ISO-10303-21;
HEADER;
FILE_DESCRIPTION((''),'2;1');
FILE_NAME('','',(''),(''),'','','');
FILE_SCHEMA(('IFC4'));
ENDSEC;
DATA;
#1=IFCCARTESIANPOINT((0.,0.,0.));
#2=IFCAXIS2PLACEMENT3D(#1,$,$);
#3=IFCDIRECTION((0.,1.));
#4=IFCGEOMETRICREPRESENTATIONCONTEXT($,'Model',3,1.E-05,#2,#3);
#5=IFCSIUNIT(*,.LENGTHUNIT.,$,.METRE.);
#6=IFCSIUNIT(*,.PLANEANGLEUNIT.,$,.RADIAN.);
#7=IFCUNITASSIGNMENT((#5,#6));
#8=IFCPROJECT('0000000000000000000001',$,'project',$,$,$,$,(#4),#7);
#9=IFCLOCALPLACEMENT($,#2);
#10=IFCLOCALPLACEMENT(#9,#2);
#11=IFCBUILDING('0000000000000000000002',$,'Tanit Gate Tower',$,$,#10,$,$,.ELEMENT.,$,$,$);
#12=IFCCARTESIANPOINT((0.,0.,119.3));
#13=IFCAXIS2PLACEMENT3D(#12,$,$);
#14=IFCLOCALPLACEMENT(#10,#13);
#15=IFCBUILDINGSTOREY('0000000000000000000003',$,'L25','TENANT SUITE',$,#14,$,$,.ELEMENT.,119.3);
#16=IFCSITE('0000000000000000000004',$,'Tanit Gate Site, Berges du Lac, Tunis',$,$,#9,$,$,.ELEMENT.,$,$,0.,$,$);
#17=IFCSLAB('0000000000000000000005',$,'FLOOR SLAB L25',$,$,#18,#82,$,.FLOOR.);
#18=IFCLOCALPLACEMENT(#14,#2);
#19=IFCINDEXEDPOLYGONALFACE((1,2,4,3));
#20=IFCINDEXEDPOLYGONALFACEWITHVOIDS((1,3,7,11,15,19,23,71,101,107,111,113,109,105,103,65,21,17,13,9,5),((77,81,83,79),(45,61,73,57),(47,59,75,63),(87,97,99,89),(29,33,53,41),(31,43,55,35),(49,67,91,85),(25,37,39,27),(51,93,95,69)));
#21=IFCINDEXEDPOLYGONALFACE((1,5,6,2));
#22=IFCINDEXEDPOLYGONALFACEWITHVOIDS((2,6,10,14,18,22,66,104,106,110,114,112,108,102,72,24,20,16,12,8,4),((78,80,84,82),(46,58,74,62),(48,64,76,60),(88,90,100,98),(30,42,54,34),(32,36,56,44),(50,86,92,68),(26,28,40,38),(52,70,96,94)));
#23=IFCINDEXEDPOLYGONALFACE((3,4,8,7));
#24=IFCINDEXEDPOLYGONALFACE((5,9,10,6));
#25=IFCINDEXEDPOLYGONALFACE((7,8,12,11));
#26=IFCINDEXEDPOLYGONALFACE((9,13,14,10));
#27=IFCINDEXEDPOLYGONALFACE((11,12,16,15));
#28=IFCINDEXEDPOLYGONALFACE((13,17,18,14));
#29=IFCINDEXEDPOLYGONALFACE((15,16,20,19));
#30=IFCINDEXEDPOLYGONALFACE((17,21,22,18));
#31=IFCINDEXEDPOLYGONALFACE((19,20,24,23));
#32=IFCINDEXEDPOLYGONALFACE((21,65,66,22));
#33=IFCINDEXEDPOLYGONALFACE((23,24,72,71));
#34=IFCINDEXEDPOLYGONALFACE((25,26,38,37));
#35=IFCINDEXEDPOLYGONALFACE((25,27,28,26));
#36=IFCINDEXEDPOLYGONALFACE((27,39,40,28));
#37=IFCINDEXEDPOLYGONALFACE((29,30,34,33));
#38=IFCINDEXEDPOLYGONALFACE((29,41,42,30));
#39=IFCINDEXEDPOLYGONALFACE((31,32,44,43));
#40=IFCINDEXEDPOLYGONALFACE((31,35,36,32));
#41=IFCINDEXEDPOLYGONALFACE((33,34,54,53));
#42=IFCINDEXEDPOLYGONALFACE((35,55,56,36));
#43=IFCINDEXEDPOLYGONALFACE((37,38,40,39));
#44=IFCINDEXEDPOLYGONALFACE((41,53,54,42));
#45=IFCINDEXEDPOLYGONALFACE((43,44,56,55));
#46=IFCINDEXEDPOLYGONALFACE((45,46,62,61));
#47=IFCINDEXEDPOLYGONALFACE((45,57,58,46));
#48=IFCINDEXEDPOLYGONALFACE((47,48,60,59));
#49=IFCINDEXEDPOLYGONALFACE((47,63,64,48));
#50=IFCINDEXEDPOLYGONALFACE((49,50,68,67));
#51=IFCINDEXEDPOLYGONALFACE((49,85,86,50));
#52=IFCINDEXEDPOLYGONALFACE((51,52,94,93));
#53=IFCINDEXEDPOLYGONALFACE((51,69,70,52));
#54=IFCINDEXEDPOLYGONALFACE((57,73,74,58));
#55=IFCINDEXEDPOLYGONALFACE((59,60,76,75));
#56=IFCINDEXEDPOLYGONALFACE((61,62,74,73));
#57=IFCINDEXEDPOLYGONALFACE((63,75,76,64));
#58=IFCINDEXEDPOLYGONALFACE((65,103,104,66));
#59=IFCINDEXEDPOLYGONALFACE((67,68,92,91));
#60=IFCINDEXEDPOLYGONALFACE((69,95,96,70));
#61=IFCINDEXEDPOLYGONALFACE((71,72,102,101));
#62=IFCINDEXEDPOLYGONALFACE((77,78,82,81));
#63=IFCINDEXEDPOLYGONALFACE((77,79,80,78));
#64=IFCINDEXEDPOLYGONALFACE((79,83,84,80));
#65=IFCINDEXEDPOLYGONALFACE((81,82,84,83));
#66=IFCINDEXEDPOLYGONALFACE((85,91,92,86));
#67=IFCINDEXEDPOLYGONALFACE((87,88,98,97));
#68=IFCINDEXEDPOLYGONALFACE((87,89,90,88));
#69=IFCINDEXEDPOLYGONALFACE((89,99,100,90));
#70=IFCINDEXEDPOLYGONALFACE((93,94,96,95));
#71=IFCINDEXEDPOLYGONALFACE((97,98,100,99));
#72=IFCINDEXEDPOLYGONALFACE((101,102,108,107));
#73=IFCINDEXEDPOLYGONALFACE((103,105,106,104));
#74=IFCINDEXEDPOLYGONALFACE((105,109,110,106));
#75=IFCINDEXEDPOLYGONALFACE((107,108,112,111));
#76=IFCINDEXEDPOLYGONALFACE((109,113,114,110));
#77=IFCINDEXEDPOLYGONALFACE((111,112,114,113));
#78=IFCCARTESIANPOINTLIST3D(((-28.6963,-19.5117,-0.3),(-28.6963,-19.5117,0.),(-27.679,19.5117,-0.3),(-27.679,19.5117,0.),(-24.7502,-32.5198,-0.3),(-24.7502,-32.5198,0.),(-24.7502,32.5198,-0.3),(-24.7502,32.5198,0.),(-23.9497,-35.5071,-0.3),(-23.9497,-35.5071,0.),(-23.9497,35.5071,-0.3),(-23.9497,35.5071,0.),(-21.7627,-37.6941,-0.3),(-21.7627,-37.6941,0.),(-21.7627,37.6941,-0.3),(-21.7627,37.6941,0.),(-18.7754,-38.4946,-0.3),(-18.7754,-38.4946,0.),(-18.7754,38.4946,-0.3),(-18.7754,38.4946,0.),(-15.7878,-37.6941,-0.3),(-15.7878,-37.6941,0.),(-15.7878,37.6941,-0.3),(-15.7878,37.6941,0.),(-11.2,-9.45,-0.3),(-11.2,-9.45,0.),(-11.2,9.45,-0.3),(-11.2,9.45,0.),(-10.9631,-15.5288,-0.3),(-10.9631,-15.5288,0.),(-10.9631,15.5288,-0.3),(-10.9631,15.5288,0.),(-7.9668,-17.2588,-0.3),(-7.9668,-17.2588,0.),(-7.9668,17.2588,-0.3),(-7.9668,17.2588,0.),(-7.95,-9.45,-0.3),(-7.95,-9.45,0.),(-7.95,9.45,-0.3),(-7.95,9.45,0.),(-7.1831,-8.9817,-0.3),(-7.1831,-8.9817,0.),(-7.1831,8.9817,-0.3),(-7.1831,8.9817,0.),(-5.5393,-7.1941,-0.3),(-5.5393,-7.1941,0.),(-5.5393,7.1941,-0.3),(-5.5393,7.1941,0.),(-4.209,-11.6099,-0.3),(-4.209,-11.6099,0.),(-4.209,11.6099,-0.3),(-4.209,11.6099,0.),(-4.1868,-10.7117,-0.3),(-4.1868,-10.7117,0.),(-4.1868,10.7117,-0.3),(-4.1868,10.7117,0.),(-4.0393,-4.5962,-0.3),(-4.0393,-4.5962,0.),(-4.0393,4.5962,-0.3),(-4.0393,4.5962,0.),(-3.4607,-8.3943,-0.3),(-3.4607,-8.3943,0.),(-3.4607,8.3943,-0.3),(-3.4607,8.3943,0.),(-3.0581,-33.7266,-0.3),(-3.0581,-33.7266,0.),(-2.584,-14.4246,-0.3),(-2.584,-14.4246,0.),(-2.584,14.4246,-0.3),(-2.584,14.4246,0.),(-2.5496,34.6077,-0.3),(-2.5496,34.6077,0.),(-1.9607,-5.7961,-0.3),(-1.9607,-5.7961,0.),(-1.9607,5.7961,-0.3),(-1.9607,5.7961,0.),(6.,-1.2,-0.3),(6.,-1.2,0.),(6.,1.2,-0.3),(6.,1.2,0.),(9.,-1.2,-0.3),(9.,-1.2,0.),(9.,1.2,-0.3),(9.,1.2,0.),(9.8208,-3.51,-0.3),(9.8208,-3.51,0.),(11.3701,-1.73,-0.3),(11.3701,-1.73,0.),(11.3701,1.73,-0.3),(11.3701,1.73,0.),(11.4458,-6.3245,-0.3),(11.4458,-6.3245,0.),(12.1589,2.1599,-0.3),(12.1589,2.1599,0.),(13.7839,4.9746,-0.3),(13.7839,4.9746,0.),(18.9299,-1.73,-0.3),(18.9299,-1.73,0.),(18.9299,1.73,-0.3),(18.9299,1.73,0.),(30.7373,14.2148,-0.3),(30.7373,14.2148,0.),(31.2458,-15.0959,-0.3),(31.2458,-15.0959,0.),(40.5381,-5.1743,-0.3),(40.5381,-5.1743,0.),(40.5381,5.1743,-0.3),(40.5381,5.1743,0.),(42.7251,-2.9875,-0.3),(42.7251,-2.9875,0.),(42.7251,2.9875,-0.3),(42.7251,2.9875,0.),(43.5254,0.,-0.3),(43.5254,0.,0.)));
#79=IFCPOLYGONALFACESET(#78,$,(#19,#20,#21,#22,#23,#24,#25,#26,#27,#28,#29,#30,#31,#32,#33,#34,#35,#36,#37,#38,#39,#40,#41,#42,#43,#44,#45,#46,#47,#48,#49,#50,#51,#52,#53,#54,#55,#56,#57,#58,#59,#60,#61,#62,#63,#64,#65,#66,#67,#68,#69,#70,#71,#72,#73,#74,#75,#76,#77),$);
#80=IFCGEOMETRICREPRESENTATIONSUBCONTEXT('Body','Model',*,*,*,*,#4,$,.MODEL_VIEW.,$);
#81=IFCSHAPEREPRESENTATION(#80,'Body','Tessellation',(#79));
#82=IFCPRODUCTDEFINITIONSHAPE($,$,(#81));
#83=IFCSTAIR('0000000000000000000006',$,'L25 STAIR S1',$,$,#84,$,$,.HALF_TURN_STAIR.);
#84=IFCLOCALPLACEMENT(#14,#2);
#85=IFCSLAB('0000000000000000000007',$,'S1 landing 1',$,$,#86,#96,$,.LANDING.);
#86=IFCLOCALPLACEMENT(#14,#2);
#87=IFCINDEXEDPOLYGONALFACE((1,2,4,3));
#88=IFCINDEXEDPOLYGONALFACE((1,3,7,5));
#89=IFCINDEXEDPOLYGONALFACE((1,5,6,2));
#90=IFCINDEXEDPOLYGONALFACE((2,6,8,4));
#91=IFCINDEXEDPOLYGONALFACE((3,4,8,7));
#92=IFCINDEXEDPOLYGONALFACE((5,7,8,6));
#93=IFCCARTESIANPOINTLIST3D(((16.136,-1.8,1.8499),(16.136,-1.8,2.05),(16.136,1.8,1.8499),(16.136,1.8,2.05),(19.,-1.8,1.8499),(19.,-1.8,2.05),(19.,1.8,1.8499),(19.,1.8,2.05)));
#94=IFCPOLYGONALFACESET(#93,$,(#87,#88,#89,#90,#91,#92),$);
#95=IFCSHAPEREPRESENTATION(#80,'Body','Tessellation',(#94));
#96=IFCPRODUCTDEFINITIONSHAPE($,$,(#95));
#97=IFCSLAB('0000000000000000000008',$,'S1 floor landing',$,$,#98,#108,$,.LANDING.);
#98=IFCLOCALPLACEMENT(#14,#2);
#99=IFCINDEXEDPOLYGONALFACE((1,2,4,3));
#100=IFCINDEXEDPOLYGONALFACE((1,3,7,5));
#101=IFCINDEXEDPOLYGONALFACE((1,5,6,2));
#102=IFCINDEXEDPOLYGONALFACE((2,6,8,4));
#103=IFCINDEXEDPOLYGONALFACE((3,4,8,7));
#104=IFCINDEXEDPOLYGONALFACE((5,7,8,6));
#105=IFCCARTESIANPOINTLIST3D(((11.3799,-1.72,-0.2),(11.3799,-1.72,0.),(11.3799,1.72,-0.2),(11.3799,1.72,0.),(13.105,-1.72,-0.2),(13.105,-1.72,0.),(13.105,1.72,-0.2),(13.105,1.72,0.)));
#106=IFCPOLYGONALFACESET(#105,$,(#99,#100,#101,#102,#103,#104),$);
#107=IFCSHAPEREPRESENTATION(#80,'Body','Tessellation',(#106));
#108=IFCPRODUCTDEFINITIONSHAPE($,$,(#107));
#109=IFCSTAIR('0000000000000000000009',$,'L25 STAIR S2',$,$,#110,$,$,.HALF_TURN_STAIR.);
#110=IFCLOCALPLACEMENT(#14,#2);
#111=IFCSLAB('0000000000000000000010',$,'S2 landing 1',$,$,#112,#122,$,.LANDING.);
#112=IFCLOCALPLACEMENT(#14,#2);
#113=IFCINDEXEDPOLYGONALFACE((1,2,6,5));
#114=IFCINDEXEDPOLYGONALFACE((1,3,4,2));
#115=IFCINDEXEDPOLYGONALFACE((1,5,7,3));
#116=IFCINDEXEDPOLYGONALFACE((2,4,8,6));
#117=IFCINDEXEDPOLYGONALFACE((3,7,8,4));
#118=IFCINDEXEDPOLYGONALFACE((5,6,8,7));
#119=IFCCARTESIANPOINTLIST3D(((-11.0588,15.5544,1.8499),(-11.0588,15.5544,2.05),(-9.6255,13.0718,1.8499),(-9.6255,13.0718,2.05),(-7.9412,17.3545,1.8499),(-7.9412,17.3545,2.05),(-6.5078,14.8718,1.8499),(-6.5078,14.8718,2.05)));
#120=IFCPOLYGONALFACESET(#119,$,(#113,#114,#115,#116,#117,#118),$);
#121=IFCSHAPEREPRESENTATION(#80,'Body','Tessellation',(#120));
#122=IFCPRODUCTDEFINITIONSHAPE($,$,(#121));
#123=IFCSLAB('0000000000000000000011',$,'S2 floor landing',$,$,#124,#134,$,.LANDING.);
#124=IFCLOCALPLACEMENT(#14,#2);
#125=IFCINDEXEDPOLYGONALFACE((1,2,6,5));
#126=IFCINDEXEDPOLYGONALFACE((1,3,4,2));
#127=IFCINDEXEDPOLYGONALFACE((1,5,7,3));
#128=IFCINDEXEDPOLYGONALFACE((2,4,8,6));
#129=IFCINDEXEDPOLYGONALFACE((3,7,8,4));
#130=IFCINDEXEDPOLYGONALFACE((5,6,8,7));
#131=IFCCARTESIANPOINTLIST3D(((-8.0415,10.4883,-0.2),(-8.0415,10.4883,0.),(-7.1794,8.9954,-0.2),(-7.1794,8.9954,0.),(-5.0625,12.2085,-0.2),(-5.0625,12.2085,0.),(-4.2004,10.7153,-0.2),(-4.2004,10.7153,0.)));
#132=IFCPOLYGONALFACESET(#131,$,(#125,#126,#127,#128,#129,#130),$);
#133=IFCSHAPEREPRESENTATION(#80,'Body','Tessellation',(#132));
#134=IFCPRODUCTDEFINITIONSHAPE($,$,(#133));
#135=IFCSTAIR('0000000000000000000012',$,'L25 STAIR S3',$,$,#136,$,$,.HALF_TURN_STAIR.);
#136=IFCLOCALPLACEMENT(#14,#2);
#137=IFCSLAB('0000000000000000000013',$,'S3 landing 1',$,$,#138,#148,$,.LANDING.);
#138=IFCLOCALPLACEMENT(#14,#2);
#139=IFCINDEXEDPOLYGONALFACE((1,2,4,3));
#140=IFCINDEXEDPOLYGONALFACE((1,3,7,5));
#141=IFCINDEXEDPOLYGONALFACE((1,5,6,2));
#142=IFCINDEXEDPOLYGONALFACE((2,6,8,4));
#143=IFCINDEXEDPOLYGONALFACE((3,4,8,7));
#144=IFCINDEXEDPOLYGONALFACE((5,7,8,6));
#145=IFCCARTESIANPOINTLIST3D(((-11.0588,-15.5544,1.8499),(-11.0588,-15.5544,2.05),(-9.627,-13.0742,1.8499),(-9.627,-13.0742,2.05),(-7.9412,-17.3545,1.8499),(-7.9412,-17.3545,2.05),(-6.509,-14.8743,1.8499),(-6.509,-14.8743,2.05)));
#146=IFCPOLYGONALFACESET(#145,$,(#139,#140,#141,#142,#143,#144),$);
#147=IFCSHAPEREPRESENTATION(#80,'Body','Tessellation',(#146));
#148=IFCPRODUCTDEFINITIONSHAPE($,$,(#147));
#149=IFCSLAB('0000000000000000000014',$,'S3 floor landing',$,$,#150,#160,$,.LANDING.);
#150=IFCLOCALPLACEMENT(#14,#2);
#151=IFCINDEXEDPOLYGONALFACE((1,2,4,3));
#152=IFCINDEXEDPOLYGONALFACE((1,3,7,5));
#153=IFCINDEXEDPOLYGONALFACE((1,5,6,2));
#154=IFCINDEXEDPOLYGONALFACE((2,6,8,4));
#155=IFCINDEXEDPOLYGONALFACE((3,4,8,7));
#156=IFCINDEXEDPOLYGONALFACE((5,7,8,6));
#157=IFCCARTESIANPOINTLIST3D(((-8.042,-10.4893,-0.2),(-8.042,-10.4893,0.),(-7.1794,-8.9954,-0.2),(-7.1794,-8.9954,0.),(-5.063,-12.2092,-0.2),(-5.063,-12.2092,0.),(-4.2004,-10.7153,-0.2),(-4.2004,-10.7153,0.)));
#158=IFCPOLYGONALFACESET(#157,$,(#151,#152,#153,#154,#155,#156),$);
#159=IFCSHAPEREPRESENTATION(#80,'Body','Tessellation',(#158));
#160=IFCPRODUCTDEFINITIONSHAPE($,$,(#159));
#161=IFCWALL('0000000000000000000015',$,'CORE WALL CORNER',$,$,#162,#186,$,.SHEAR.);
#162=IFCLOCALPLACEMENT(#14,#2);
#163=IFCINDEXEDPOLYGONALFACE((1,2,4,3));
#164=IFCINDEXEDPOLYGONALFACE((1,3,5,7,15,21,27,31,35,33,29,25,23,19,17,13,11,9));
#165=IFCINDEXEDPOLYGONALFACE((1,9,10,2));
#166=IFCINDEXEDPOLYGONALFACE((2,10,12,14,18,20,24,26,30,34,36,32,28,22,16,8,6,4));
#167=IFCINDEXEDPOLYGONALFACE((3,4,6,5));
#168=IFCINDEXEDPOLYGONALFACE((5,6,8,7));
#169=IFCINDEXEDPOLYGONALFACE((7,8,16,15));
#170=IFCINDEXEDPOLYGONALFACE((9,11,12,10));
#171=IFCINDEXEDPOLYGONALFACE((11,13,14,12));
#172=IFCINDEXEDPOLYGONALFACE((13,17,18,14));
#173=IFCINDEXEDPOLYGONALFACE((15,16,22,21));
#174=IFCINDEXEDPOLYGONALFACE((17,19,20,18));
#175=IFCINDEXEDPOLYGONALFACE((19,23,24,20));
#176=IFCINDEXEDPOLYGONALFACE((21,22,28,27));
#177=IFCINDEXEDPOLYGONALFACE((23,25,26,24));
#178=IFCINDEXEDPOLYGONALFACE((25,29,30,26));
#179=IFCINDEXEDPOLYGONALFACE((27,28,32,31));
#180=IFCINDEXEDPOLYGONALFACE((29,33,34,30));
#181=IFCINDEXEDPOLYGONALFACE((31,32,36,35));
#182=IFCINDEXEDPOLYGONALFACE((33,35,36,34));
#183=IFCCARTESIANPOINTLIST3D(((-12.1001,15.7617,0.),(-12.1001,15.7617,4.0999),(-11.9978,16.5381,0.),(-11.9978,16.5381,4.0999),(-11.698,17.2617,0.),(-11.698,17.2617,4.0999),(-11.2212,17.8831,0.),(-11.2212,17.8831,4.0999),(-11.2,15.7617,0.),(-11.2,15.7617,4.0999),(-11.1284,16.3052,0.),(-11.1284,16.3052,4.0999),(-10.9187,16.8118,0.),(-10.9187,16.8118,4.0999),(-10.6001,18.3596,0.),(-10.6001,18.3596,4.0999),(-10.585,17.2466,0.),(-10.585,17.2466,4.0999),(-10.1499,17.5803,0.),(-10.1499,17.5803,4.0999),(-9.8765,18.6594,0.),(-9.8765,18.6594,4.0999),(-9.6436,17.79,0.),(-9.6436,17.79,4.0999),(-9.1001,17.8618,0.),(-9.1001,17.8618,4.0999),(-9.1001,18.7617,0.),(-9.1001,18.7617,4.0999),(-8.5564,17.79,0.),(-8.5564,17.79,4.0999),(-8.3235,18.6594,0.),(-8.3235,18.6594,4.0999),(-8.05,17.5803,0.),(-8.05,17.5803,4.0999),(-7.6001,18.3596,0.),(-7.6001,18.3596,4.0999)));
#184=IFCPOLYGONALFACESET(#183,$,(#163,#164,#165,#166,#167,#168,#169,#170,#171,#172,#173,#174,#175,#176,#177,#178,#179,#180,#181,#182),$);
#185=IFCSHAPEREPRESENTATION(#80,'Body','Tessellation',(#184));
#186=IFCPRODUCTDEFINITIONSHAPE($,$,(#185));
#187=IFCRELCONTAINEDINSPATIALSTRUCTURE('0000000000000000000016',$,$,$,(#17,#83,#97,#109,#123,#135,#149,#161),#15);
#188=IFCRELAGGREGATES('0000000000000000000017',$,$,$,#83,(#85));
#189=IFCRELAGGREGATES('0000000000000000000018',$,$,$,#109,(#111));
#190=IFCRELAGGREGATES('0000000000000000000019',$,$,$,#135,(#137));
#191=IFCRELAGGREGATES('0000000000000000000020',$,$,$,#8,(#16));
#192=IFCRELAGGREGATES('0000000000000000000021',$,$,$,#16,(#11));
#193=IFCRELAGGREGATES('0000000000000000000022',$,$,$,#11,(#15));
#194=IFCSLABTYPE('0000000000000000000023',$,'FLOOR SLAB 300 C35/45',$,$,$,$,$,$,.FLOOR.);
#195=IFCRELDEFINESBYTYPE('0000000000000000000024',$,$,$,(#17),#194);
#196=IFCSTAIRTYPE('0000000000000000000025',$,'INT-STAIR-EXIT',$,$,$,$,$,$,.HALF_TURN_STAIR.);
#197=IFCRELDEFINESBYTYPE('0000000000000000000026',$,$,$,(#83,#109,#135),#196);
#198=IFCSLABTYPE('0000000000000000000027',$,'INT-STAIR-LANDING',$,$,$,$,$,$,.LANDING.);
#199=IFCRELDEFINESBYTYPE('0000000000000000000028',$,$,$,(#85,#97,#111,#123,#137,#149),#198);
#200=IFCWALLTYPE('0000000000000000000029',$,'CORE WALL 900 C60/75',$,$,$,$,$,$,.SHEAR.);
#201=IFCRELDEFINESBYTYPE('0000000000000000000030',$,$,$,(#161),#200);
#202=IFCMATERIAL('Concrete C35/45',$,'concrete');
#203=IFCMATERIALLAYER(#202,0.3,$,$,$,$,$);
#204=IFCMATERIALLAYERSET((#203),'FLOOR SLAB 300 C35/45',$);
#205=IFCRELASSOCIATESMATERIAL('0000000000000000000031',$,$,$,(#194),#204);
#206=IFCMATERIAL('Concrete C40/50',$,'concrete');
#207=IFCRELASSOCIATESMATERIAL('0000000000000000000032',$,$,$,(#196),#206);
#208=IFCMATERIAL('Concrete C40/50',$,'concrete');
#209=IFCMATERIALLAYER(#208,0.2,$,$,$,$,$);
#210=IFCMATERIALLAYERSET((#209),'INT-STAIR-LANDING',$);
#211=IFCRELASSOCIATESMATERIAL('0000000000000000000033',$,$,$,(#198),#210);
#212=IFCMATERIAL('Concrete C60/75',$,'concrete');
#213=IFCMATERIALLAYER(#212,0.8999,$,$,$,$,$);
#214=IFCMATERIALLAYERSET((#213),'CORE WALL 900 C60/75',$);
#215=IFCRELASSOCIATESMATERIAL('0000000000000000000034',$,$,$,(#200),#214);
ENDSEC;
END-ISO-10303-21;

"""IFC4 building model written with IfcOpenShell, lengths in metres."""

from ifc_helpers import new_model, si_unit, direction, frame, origin, place, context, subcontext, project, spatial, polyline, outline, extrude, material, layer, layer_set, type_object, element, aggregate, save


model = new_model("IFC4")

# Units and contexts
model_context = context("Model", 3, precision=1e-05, world=origin(), true_north=direction((0.0, 1.0)))
body_context = subcontext(model_context, "Body", "Model", "MODEL_VIEW")
ifc_project = project(units=[si_unit("LENGTHUNIT", "METRE"), si_unit("PLANEANGLEUNIT", "RADIAN")], contexts=[model_context])

# Site, building, storey
site_placement = place(None, origin())
site = spatial("IfcSite", under=ifc_project, at=site_placement, Name="Tanit Gate Site, Berges du Lac, Tunis", CompositionType="ELEMENT", RefElevation=0.0)
building_placement = place(site_placement, origin())
building = spatial("IfcBuilding", under=site, at=building_placement, Name="Tanit Gate Tower", CompositionType="ELEMENT")
storey_placement = place(building_placement, frame((0.0, 0.0, 119.3)))
storey = spatial("IfcBuildingStorey", under=building, at=storey_placement, Name="L25", Description="TENANT SUITE", CompositionType="ELEMENT", Elevation=119.3)

# Slab
ifc_material_1 = material(Name="Concrete C35/45", Category="concrete")
ifc_layer_1 = layer(ifc_material_1, 0.3)
ifc_layer_set_1 = layer_set([ifc_layer_1], Name="FLOOR SLAB 300 C35/45")
slab_type_1 = type_object("IfcSlabType", Name="FLOOR SLAB 300 C35/45", PredefinedType="FLOOR", material=ifc_layer_set_1)
slab_1_placement = place(storey_placement, frame((0.0, 0.0, -0.3)))
element("IfcSlab", 1, at=slab_1_placement, inside=storey, type_object=slab_type_1, Name="FLOOR SLAB L25", PredefinedType="FLOOR", context=body_context, shape_type="SweptSolid", body=[
    extrude(outline(polyline([(40.5381, 5.1743), (42.7251, 2.9875), (43.5254, 0.0), (42.7251, -2.9875), (40.5381, -5.1743), (31.2458, -15.0959), (-3.0581, -33.7266), (-15.7878, -37.6941), (-18.7754, -38.4946), (-21.7627, -37.6941), (-23.9497, -35.5071), (-24.7502, -32.5198), (-28.6963, -19.5117), (-27.679, 19.5117), (-24.7502, 32.5198), (-23.9497, 35.5071), (-21.7627, 37.6941), (-18.7754, 38.4946), (-15.7878, 37.6941), (-2.5496, 34.6077), (30.7373, 14.2148), (40.5381, 5.1743)]), holes=[polyline([(11.3701, 1.73), (18.9299, 1.73), (18.9299, -1.73), (11.3701, -1.73), (11.3701, 1.73)]), polyline([(-4.209, 11.6099), (-2.584, 14.4246), (13.7839, 4.9746), (12.1589, 2.1599), (-4.209, 11.6099)]), polyline([(-4.209, -11.6099), (9.8208, -3.51), (11.4458, -6.3245), (-2.584, -14.4246), (-4.209, -11.6099)]), polyline([(9.0, 1.2), (9.0, -1.2), (6.0, -1.2), (6.0, 1.2), (9.0, 1.2)]), polyline([(-5.5393, 7.1941), (-3.4607, 8.3943), (-1.9607, 5.7961), (-4.0393, 4.5962), (-5.5393, 7.1941)]), polyline([(-1.9607, -5.7961), (-3.4607, -8.3943), (-5.5393, -7.1941), (-4.0393, -4.5962), (-1.9607, -5.7961)]), polyline([(-10.9631, 15.5288), (-7.9668, 17.2588), (-4.1868, 10.7117), (-7.1831, 8.9817), (-10.9631, 15.5288)]), polyline([(-4.1868, -10.7117), (-7.9668, -17.2588), (-10.9631, -15.5288), (-7.1831, -8.9817), (-4.1868, -10.7117)]), polyline([(-11.2, -9.45), (-11.2, 9.45), (-7.95, 9.45), (-7.95, -9.45), (-11.2, -9.45)])]), origin(), (0.0, 0.0, 1.0), 0.3),
])

# Stair, slab
ifc_material_2 = material(Name="Concrete C40/50", Category="concrete")
stair_type = type_object("IfcStairType", Name="INT-STAIR-EXIT", PredefinedType="HALF_TURN_STAIR", material=ifc_material_2)
stair_1_placement = place(storey_placement, origin())
stair_1 = element("IfcStair", 2, at=stair_1_placement, inside=storey, type_object=stair_type, Name="L25 STAIR S1", PredefinedType="HALF_TURN_STAIR")
ifc_material_3 = material(Name="Concrete C40/50", Category="concrete")
ifc_layer_2 = layer(ifc_material_3, 0.2)
ifc_layer_set_2 = layer_set([ifc_layer_2], Name="INT-STAIR-LANDING")
slab_type_2 = type_object("IfcSlabType", Name="INT-STAIR-LANDING", PredefinedType="LANDING", material=ifc_layer_set_2)
slab_2_placement = place(storey_placement, frame((0.0, 0.0, 1.8499)))
slab_2 = element("IfcSlab", 3, at=slab_2_placement, type_object=slab_type_2, Name="S1 landing 1", PredefinedType="LANDING", context=body_context, shape_type="SweptSolid", body=[
    extrude(outline(polyline([(16.136, -1.8), (19.0, -1.8), (19.0, 1.8), (16.136, 1.8), (16.136, -1.8)])), origin(), (0.0, 0.0, 1.0), 0.2002),
])
aggregate(stair_1, [slab_2])

# Slab
slab_3_placement = place(storey_placement, frame((0.0, 0.0, -0.2)))
element("IfcSlab", 4, at=slab_3_placement, inside=storey, type_object=slab_type_2, Name="S1 floor landing", PredefinedType="LANDING", context=body_context, shape_type="SweptSolid", body=[
    extrude(outline(polyline([(11.3799, -1.72), (13.105, -1.72), (13.105, 1.72), (11.3799, 1.72), (11.3799, -1.72)])), origin(), (0.0, 0.0, 1.0), 0.2),
])

# Stair, slab
stair_2_placement = place(storey_placement, origin())
stair_2 = element("IfcStair", 5, at=stair_2_placement, inside=storey, type_object=stair_type, Name="L25 STAIR S2", PredefinedType="HALF_TURN_STAIR")
slab_4_placement = place(storey_placement, frame((0.0, 0.0, 1.8499)))
slab_4 = element("IfcSlab", 6, at=slab_4_placement, type_object=slab_type_2, Name="S2 landing 1", PredefinedType="LANDING", context=body_context, shape_type="SweptSolid", body=[
    extrude(outline(polyline([(-6.5078, 14.8718), (-7.9412, 17.3545), (-11.0588, 15.5544), (-9.6255, 13.0718), (-6.5078, 14.8718)])), origin(), (0.0, 0.0, 1.0), 0.2002),
])
aggregate(stair_2, [slab_4])

# Slab
slab_5_placement = place(storey_placement, frame((0.0, 0.0, -0.2)))
element("IfcSlab", 7, at=slab_5_placement, inside=storey, type_object=slab_type_2, Name="S2 floor landing", PredefinedType="LANDING", context=body_context, shape_type="SweptSolid", body=[
    extrude(outline(polyline([(-4.2004, 10.7153), (-5.0625, 12.2085), (-8.0415, 10.4883), (-7.1794, 8.9954), (-4.2004, 10.7153)])), origin(), (0.0, 0.0, 1.0), 0.2),
])

# Stair, slab
stair_3_placement = place(storey_placement, origin())
stair_3 = element("IfcStair", 8, at=stair_3_placement, inside=storey, type_object=stair_type, Name="L25 STAIR S3", PredefinedType="HALF_TURN_STAIR")
slab_6_placement = place(storey_placement, frame((0.0, 0.0, 1.8499)))
slab_6 = element("IfcSlab", 9, at=slab_6_placement, type_object=slab_type_2, Name="S3 landing 1", PredefinedType="LANDING", context=body_context, shape_type="SweptSolid", body=[
    extrude(outline(polyline([(-9.627, -13.0742), (-11.0588, -15.5544), (-7.9412, -17.3545), (-6.509, -14.8743), (-9.627, -13.0742)])), origin(), (0.0, 0.0, 1.0), 0.2002),
])
aggregate(stair_3, [slab_6])

# Slab
slab_7_placement = place(storey_placement, frame((0.0, 0.0, -0.2)))
element("IfcSlab", 10, at=slab_7_placement, inside=storey, type_object=slab_type_2, Name="S3 floor landing", PredefinedType="LANDING", context=body_context, shape_type="SweptSolid", body=[
    extrude(outline(polyline([(-7.1794, -8.9954), (-8.042, -10.4893), (-5.063, -12.2092), (-4.2004, -10.7153), (-7.1794, -8.9954)])), origin(), (0.0, 0.0, 1.0), 0.2),
])

# Wall
ifc_material_4 = material(Name="Concrete C60/75", Category="concrete")
ifc_layer_3 = layer(ifc_material_4, 0.8999)
ifc_layer_set_3 = layer_set([ifc_layer_3], Name="CORE WALL 900 C60/75")
wall_type_1 = type_object("IfcWallType", Name="CORE WALL 900 C60/75", PredefinedType="SHEAR", material=ifc_layer_set_3)
wall_1_placement = place(storey_placement, origin())
element("IfcWall", 11, at=wall_1_placement, inside=storey, type_object=wall_type_1, Name="CORE WALL CORNER", PredefinedType="SHEAR", context=body_context, shape_type="SweptSolid", body=[
    extrude(outline(polyline([(-7.6001, 18.3596), (-8.3235, 18.6594), (-9.1001, 18.7617), (-9.8765, 18.6594), (-10.6001, 18.3596), (-11.2212, 17.8831), (-11.698, 17.2617), (-11.9978, 16.5381), (-12.1001, 15.7617), (-11.2, 15.7617), (-11.1284, 16.3052), (-10.9187, 16.8118), (-10.585, 17.2466), (-10.1499, 17.5803), (-9.6436, 17.79), (-9.1001, 17.8618), (-8.5564, 17.79), (-8.05, 17.5803), (-7.6001, 18.3596)])), origin(), (0.0, 0.0, 1.0), 4.0999),
])

save(model, "model.ifc")
